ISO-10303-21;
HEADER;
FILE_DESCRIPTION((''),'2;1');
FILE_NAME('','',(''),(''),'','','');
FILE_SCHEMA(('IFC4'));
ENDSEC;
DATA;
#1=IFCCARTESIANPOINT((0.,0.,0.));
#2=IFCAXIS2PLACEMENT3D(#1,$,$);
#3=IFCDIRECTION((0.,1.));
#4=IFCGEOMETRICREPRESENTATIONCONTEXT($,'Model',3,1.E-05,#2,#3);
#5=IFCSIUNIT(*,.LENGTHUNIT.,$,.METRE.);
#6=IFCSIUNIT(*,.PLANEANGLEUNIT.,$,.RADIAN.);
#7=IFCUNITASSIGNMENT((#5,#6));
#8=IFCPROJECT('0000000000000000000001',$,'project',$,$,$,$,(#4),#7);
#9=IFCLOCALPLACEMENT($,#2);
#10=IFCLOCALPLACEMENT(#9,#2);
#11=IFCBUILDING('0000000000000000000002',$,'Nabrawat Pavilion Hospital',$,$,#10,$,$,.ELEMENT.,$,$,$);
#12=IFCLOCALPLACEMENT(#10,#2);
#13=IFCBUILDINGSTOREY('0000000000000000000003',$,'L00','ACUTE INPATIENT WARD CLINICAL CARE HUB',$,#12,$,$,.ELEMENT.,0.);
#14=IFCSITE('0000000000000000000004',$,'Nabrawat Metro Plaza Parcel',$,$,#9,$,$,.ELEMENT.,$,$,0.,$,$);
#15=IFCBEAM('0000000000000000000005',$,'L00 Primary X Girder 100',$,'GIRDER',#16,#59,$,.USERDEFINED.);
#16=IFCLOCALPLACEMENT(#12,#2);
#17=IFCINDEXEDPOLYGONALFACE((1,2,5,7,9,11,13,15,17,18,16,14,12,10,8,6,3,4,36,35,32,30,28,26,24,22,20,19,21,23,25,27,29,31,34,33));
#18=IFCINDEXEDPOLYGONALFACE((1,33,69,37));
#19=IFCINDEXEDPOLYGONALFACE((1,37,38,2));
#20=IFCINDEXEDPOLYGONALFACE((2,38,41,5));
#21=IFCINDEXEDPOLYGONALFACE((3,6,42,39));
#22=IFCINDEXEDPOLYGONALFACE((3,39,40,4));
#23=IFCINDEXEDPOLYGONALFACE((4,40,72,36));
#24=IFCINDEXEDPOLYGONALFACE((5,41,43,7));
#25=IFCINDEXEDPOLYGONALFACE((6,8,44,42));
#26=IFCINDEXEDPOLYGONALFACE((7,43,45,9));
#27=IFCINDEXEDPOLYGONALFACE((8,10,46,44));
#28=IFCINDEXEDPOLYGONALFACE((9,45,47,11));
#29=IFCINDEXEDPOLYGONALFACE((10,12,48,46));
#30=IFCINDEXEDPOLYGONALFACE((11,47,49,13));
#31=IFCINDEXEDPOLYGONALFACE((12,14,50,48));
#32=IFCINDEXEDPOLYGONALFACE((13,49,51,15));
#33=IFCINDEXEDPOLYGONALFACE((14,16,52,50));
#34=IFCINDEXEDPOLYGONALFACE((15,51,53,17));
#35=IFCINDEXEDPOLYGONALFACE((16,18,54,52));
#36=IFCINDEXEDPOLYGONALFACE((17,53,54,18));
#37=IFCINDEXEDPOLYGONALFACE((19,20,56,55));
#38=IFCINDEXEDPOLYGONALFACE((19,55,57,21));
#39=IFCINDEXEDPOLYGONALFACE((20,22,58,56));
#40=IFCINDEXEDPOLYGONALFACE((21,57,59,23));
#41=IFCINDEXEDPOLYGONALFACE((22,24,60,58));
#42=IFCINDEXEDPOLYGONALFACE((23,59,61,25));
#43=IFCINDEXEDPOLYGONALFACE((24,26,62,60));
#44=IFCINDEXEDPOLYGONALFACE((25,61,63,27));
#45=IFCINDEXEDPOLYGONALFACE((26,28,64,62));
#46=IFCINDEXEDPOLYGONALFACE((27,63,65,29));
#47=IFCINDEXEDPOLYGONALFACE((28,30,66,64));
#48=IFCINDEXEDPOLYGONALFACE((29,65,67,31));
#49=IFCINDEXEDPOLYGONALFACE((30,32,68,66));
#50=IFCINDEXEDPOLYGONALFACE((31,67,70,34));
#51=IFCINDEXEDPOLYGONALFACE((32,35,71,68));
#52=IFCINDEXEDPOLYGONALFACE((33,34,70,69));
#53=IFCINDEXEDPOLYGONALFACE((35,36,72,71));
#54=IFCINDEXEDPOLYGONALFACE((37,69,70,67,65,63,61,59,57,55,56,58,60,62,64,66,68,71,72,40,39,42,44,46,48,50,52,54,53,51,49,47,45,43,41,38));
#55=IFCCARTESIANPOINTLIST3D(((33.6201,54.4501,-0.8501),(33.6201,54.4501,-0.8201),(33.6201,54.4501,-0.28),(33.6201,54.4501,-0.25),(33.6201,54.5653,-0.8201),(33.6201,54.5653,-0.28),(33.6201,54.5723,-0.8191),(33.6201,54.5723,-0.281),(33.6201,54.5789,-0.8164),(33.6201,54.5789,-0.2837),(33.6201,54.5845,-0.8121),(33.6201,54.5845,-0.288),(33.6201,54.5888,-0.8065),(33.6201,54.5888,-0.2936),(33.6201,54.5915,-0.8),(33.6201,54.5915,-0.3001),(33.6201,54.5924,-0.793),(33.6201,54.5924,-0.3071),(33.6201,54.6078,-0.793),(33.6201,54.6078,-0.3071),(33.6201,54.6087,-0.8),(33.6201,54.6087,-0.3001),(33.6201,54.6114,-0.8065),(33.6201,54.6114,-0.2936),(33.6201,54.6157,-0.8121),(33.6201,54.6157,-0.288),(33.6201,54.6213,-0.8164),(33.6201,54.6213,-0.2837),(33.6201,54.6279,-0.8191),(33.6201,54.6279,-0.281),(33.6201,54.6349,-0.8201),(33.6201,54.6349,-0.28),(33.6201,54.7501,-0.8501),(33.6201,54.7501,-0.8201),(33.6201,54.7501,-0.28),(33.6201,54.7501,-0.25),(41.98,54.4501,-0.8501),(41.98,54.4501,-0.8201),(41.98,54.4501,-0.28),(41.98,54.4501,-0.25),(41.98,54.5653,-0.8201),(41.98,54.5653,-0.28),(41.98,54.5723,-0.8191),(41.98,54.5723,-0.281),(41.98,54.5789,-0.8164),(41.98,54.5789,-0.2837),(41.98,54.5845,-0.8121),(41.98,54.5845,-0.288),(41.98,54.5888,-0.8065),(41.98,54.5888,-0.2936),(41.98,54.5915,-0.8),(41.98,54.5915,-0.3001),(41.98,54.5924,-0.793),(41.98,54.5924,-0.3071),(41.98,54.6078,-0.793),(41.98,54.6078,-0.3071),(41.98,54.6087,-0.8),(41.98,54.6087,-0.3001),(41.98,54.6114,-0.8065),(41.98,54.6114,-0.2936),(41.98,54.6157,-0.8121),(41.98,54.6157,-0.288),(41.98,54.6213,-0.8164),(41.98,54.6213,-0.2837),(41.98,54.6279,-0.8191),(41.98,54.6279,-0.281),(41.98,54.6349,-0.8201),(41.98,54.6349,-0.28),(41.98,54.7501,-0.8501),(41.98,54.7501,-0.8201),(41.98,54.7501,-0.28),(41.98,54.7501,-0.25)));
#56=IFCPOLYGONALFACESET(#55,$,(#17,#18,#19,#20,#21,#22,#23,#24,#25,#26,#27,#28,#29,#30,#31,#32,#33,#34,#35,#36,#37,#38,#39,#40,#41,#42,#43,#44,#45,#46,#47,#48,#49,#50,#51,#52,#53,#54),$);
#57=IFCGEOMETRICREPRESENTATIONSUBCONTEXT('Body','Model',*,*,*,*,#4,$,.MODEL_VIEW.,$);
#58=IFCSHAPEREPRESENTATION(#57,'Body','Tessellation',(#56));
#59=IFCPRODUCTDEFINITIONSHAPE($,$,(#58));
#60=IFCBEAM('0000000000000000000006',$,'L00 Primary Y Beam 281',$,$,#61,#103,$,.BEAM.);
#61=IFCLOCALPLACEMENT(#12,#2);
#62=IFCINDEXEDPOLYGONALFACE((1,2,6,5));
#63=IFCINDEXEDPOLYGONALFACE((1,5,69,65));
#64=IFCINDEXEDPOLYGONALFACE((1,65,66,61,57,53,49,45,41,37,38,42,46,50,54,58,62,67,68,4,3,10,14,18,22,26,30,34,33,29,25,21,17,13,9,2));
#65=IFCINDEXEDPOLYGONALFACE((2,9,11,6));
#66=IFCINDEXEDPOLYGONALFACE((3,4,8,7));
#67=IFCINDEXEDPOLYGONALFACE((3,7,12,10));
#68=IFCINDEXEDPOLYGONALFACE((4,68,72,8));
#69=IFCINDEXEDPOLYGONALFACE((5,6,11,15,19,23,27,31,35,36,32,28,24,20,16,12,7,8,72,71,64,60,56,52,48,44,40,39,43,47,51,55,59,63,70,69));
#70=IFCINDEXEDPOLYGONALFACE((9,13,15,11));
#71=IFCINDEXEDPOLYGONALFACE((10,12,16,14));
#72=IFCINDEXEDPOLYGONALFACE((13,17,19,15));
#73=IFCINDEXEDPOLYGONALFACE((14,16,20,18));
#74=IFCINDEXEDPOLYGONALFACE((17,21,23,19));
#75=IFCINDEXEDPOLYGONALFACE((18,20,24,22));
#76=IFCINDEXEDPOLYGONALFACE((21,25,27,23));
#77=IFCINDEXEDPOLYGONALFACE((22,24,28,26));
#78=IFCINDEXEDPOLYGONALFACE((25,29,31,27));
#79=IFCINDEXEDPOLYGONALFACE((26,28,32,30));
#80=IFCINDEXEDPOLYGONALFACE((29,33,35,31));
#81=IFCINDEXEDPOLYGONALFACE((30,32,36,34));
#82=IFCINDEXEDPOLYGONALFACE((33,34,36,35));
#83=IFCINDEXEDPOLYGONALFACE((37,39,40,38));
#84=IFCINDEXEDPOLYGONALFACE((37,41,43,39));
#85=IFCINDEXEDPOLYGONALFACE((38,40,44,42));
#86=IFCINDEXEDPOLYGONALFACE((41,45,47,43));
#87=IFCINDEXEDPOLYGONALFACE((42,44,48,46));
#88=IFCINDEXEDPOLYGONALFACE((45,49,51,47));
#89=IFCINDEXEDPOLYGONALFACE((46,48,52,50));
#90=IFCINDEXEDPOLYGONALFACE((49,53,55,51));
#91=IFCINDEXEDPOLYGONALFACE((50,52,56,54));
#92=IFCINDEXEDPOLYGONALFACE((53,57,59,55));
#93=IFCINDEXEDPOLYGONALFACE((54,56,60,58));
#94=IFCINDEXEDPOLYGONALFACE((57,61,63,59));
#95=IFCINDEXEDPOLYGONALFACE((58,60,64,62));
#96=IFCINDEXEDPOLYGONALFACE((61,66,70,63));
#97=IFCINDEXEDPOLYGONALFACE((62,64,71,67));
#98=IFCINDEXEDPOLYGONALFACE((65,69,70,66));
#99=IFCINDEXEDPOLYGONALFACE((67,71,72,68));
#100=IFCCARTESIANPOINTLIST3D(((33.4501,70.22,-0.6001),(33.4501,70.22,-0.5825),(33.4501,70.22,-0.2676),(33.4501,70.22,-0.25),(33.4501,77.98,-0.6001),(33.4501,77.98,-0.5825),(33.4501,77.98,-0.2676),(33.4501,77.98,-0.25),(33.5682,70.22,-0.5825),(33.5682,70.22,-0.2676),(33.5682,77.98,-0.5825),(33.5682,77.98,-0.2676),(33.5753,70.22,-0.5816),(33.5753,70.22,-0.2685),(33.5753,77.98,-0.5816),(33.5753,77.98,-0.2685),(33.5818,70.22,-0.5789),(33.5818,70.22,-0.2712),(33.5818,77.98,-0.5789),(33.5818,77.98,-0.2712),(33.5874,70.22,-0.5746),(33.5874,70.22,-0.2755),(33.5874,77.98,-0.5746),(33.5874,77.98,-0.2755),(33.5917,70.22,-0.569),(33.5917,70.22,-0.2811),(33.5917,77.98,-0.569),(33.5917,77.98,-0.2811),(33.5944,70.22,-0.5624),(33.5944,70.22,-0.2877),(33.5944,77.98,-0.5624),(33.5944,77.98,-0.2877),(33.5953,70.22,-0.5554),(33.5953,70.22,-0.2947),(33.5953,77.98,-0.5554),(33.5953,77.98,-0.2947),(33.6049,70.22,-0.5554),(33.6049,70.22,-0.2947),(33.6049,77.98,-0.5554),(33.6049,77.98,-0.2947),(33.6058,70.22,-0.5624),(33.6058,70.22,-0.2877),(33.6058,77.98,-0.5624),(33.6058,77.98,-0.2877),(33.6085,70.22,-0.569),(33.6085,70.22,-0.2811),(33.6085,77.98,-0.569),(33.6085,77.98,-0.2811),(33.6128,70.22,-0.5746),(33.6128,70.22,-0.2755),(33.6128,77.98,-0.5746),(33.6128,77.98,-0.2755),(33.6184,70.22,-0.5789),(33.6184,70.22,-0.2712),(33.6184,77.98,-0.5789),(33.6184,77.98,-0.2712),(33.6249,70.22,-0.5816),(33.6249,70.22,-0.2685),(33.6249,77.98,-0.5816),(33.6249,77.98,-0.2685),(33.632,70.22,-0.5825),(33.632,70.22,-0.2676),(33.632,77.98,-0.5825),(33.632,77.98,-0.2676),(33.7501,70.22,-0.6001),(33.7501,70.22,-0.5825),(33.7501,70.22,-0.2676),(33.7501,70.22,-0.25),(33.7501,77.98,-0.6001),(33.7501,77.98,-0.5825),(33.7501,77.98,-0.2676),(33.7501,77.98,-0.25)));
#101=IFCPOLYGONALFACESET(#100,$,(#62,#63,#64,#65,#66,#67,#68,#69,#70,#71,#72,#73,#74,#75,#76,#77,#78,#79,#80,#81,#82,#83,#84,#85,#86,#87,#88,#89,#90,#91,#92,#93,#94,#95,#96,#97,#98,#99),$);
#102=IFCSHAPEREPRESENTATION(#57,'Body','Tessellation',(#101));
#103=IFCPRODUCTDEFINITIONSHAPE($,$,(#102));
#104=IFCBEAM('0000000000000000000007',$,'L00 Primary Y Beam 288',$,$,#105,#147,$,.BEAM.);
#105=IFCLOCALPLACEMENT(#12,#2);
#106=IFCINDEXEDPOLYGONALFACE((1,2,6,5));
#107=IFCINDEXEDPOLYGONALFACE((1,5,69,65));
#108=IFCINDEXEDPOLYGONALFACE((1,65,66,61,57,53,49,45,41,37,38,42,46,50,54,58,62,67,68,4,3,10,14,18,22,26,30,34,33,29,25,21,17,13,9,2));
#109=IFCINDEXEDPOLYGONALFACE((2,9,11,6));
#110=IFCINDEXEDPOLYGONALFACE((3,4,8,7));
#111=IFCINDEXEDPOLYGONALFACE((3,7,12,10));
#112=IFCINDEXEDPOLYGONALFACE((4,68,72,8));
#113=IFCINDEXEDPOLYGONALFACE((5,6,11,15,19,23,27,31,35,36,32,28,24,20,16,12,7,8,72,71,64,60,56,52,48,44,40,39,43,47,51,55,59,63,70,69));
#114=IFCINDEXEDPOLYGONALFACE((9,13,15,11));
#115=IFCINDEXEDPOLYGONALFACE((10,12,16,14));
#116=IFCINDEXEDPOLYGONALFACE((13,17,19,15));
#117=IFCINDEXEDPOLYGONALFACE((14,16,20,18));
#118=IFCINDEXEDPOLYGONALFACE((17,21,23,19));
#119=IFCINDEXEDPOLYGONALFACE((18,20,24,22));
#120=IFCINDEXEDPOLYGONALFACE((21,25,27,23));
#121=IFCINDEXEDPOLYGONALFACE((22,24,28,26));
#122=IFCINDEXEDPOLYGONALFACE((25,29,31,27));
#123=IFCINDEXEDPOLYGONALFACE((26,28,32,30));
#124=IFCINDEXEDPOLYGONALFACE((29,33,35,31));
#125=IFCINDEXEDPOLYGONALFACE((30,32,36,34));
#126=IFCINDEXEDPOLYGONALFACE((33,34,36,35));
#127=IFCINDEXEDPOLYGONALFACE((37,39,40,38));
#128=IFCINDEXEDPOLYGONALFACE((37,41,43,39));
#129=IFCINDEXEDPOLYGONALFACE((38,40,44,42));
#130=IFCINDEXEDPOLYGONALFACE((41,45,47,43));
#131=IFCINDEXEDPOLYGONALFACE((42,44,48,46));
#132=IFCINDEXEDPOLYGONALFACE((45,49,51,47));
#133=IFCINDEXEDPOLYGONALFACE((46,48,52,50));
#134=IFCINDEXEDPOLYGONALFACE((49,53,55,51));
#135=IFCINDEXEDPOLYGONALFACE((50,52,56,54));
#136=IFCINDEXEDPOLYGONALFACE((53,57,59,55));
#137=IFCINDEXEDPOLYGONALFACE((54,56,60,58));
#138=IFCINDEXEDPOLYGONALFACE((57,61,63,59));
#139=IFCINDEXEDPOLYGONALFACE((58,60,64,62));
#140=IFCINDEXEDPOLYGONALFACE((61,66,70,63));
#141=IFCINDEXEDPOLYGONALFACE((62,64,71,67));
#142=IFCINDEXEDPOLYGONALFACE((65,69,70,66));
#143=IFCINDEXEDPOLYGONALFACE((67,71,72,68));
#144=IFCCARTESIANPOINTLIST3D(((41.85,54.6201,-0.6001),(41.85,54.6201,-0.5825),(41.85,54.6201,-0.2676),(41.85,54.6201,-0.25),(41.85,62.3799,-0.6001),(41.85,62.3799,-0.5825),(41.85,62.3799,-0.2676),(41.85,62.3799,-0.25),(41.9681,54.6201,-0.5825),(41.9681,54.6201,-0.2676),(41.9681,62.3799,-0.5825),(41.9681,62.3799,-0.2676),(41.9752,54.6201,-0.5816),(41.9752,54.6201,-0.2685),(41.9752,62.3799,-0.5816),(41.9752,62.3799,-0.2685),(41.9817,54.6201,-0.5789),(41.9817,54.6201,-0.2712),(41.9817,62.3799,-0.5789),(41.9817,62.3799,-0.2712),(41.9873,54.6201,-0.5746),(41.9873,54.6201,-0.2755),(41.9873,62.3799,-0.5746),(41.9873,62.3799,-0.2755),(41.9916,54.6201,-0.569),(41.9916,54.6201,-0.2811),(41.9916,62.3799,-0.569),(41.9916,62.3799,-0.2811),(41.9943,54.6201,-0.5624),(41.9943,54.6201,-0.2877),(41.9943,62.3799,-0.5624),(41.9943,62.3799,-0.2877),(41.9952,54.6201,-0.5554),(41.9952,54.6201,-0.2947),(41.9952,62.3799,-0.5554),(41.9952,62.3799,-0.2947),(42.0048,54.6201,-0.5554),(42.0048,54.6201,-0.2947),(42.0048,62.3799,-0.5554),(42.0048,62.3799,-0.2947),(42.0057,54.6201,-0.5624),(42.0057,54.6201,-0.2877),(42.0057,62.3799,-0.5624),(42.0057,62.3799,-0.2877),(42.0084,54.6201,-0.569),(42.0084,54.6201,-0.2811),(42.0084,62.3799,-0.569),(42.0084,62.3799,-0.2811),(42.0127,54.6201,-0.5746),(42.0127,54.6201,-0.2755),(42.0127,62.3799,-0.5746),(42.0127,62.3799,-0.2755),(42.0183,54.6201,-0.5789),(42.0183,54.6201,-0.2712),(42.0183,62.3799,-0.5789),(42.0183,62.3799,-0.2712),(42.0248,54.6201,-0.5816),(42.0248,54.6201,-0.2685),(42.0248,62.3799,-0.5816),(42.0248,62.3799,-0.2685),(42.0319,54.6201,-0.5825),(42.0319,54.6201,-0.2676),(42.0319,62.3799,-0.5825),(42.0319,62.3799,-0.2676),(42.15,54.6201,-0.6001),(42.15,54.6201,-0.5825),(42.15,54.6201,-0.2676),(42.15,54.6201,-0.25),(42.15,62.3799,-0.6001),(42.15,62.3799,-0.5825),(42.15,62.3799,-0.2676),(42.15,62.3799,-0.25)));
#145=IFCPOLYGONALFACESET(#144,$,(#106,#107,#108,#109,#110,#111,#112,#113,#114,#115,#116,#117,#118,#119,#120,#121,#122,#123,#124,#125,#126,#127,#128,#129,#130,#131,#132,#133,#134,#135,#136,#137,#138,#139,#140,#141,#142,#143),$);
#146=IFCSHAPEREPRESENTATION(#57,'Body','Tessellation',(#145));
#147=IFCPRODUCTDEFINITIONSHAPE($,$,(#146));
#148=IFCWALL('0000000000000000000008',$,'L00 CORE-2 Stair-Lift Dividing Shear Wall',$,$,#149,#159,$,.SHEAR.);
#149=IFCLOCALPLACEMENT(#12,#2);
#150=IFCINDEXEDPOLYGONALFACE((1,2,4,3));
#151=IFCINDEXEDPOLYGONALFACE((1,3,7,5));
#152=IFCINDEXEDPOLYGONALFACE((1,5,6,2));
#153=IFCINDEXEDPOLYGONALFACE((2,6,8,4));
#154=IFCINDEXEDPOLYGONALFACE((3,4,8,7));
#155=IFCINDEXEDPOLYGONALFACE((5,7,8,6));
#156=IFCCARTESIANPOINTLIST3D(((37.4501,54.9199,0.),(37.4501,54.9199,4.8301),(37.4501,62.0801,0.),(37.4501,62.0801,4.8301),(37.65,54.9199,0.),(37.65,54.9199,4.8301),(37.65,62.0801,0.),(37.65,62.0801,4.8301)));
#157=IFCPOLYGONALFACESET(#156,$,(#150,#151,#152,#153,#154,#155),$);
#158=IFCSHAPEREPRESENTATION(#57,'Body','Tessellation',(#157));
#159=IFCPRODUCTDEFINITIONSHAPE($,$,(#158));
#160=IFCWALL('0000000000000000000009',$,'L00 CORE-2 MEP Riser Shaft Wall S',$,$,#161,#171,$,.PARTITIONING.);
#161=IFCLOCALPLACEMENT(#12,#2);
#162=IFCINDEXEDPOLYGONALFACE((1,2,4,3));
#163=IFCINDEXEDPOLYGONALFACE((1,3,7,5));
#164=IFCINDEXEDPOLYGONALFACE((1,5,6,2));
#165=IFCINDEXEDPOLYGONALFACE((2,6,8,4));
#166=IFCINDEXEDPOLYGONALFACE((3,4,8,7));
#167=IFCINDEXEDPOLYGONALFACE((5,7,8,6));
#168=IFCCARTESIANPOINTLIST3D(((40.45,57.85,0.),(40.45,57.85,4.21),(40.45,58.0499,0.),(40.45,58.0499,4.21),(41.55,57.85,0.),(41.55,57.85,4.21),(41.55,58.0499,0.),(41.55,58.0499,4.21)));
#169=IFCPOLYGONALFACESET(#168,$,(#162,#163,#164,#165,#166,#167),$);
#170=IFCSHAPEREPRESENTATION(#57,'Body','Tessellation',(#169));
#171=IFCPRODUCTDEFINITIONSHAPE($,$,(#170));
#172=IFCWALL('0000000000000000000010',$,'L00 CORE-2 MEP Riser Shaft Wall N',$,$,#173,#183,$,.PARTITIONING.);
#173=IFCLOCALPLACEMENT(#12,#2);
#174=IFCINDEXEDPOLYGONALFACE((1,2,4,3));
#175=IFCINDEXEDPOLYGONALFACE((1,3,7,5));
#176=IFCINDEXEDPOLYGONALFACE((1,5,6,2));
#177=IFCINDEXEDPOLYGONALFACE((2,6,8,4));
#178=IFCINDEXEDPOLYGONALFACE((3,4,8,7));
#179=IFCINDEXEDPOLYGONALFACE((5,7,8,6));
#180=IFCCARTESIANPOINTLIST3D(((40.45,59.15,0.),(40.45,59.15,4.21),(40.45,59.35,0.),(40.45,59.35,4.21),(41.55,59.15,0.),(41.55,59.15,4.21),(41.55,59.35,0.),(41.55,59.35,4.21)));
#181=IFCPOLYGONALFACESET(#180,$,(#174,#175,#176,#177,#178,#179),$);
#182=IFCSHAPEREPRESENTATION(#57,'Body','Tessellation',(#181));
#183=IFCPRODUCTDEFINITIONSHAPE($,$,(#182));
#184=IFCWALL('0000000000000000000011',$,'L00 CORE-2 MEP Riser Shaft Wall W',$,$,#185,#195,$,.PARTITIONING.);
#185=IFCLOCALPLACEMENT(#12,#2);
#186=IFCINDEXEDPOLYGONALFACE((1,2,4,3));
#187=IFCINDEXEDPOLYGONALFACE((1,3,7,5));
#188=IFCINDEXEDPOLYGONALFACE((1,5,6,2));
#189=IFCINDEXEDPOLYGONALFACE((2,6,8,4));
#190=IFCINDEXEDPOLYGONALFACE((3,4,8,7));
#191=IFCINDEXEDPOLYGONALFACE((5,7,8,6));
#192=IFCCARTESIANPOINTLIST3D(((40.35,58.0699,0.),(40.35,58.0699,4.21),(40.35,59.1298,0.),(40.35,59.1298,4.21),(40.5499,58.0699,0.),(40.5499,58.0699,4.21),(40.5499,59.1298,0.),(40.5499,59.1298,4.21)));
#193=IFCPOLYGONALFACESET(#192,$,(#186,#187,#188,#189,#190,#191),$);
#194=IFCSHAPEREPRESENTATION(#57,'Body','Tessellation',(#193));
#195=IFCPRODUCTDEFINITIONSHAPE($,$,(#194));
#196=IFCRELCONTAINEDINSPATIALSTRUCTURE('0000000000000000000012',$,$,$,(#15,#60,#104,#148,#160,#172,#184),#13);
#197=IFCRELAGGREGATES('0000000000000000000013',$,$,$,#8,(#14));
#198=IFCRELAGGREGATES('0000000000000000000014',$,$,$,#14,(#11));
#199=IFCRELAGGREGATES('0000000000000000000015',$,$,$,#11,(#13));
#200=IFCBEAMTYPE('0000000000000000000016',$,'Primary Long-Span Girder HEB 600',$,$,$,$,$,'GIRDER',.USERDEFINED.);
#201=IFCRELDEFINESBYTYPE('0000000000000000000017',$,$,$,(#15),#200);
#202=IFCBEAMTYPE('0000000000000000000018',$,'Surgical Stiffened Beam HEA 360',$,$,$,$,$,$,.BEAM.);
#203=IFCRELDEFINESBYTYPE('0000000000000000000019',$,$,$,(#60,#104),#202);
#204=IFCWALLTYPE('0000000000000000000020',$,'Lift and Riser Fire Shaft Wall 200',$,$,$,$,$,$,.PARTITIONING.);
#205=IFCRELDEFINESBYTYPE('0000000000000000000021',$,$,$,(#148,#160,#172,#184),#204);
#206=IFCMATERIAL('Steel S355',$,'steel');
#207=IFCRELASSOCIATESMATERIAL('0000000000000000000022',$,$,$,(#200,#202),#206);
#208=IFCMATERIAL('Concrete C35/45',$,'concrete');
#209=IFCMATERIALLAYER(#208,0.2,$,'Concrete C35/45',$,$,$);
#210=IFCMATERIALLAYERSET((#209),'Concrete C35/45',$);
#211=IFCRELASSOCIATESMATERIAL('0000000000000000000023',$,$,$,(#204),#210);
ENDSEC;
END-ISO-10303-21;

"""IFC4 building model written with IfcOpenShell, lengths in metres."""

from ifc_helpers import new_model, si_unit, direction, frame, frame_2d, origin, origin_2d, place, context, subcontext, project, spatial, rectangle, i_section, extrude, material, layer, layer_set, material_profile, profile_set, type_object, element, save


model = new_model("IFC4")

# Units and contexts
model_context = context("Model", 3, precision=1e-05, world=origin(), true_north=direction((0.0, 1.0)))
body_context = subcontext(model_context, "Body", "Model", "MODEL_VIEW")
ifc_project = project(units=[si_unit("LENGTHUNIT", "METRE"), si_unit("PLANEANGLEUNIT", "RADIAN")], contexts=[model_context])

# Site, building, storey
site_placement = place(None, origin())
site = spatial("IfcSite", under=ifc_project, at=site_placement, Name="Nabrawat Metro Plaza Parcel", CompositionType="ELEMENT", RefElevation=0.0)
building_placement = place(site_placement, origin())
building = spatial("IfcBuilding", under=site, at=building_placement, Name="Nabrawat Pavilion Hospital", CompositionType="ELEMENT")
storey_placement = place(building_placement, origin())
storey = spatial("IfcBuildingStorey", under=building, at=storey_placement, Name="L00", Description="ACUTE INPATIENT WARD CLINICAL CARE HUB", CompositionType="ELEMENT", Elevation=0.0)

# Beams
ifc_material_1 = material(Name="Steel S355", Category="steel")
ifc_material_profile_1 = material_profile(ifc_material_1, i_section(OverallWidth=0.3, OverallDepth=0.6001, WebThickness=0.0154, FlangeThickness=0.03, FilletRadius=0.0271, at=origin_2d()), Name="HEB 600")
ifc_profile_set_1 = profile_set([ifc_material_profile_1], Name="Steel S355")
beam_type_1 = type_object("IfcBeamType", Name="Primary Long-Span Girder HEB 600", ElementType="GIRDER", PredefinedType="USERDEFINED", material=ifc_profile_set_1)
beam_1_placement = place(storey_placement, frame((33.6201, 54.6001, -0.55), z_axis=(1.0, 0.0, 0.0), x_axis=(0.0, 1.0, 0.0)))
element("IfcBeam", 1, at=beam_1_placement, inside=storey, type_object=beam_type_1, Name="L00 Primary X Girder 100", ObjectType="GIRDER", PredefinedType="USERDEFINED", context=body_context, shape_type="SweptSolid", body=[
    extrude(i_section(OverallWidth=0.3, OverallDepth=0.6001, WebThickness=0.0154, FlangeThickness=0.03, FilletRadius=0.0271, at=origin_2d()), origin(), (0.0, 0.0, 1.0), 8.3599),
])
ifc_material_profile_2 = material_profile(ifc_material_1, i_section(OverallWidth=0.3, OverallDepth=0.3501, WebThickness=0.0095, FlangeThickness=0.0176, FilletRadius=0.0271, at=origin_2d()), Name="HEA 360")
ifc_profile_set_2 = profile_set([ifc_material_profile_2], Name="Steel S355")
beam_type_2 = type_object("IfcBeamType", Name="Surgical Stiffened Beam HEA 360", PredefinedType="BEAM", material=ifc_profile_set_2)
beam_2_placement = place(storey_placement, frame((33.6001, 70.22, -0.425), z_axis=(0.0, 1.0, 0.0), x_axis=(-1.0, 0.0, 0.0)))
element("IfcBeam", 2, at=beam_2_placement, inside=storey, type_object=beam_type_2, Name="L00 Primary Y Beam 281", PredefinedType="BEAM", context=body_context, shape_type="SweptSolid", body=[
    extrude(i_section(OverallWidth=0.3, OverallDepth=0.3501, WebThickness=0.0095, FlangeThickness=0.0176, FilletRadius=0.0271, at=origin_2d()), origin(), (0.0, 0.0, 1.0), 7.76),
])
beam_3_placement = place(storey_placement, frame((42.0, 54.6201, -0.425), z_axis=(0.0, 1.0, 0.0), x_axis=(-1.0, 0.0, 0.0)))
element("IfcBeam", 3, at=beam_3_placement, inside=storey, type_object=beam_type_2, Name="L00 Primary Y Beam 288", PredefinedType="BEAM", context=body_context, shape_type="SweptSolid", body=[
    extrude(i_section(OverallWidth=0.3, OverallDepth=0.3501, WebThickness=0.0095, FlangeThickness=0.0176, FilletRadius=0.0271, at=origin_2d()), origin(), (0.0, 0.0, 1.0), 7.7598),
])

# Walls
ifc_material_2 = material(Name="Concrete C35/45", Category="concrete")
ifc_layer_1 = layer(ifc_material_2, 0.2, Name="Concrete C35/45")
ifc_layer_set_1 = layer_set([ifc_layer_1], Name="Concrete C35/45")
wall_type_1 = type_object("IfcWallType", Name="Lift and Riser Fire Shaft Wall 200", PredefinedType="PARTITIONING", material=ifc_layer_set_1)
wall_1_placement = place(storey_placement, frame((37.55, 54.9199, 0.0), z_axis=(0.0, 0.0, 1.0), x_axis=(0.0, 1.0, 0.0)))
element("IfcWall", 4, at=wall_1_placement, inside=storey, type_object=wall_type_1, Name="L00 CORE-2 Stair-Lift Dividing Shear Wall", PredefinedType="SHEAR", context=body_context, shape_type="SweptSolid", body=[
    extrude(rectangle(XDim=7.1602, YDim=0.2, at=frame_2d((3.5801, 0.0))), origin(), (0.0, 0.0, 1.0), 4.8301),
])
for number, where, z_axis, x_axis, name in (
    (5, (40.45, 57.95, 0.0), (0.0, 0.0, 1.0), (1.0, 0.0, 0.0), "L00 CORE-2 MEP Riser Shaft Wall S"),
    (6, (40.45, 59.25, 0.0), (0.0, 0.0, 1.0), (1.0, 0.0, 0.0), "L00 CORE-2 MEP Riser Shaft Wall N"),
):
    element("IfcWall", number, at=place(storey_placement, frame(where, z_axis=z_axis, x_axis=x_axis)), inside=storey, type_object=wall_type_1, Name=name, PredefinedType="PARTITIONING", context=body_context, shape_type="SweptSolid", body=[
        extrude(rectangle(XDim=1.1001, YDim=0.2, at=frame_2d((0.55, 0.0))), origin(), (0.0, 0.0, 1.0), 4.21),
    ])
for number, where, z_axis, x_axis, name in (
    (7, (40.45, 58.0701, 0.0), (0.0, 0.0, 1.0), (0.0, 1.0, 0.0), "L00 CORE-2 MEP Riser Shaft Wall W"),
):
    element("IfcWall", number, at=place(storey_placement, frame(where, z_axis=z_axis, x_axis=x_axis)), inside=storey, type_object=wall_type_1, Name=name, PredefinedType="PARTITIONING", context=body_context, shape_type="SweptSolid", body=[
        extrude(rectangle(XDim=1.0598, YDim=0.2, at=frame_2d((0.5298, 0.0))), origin(), (0.0, 0.0, 1.0), 4.21),
    ])

save(model, "model.ifc")
